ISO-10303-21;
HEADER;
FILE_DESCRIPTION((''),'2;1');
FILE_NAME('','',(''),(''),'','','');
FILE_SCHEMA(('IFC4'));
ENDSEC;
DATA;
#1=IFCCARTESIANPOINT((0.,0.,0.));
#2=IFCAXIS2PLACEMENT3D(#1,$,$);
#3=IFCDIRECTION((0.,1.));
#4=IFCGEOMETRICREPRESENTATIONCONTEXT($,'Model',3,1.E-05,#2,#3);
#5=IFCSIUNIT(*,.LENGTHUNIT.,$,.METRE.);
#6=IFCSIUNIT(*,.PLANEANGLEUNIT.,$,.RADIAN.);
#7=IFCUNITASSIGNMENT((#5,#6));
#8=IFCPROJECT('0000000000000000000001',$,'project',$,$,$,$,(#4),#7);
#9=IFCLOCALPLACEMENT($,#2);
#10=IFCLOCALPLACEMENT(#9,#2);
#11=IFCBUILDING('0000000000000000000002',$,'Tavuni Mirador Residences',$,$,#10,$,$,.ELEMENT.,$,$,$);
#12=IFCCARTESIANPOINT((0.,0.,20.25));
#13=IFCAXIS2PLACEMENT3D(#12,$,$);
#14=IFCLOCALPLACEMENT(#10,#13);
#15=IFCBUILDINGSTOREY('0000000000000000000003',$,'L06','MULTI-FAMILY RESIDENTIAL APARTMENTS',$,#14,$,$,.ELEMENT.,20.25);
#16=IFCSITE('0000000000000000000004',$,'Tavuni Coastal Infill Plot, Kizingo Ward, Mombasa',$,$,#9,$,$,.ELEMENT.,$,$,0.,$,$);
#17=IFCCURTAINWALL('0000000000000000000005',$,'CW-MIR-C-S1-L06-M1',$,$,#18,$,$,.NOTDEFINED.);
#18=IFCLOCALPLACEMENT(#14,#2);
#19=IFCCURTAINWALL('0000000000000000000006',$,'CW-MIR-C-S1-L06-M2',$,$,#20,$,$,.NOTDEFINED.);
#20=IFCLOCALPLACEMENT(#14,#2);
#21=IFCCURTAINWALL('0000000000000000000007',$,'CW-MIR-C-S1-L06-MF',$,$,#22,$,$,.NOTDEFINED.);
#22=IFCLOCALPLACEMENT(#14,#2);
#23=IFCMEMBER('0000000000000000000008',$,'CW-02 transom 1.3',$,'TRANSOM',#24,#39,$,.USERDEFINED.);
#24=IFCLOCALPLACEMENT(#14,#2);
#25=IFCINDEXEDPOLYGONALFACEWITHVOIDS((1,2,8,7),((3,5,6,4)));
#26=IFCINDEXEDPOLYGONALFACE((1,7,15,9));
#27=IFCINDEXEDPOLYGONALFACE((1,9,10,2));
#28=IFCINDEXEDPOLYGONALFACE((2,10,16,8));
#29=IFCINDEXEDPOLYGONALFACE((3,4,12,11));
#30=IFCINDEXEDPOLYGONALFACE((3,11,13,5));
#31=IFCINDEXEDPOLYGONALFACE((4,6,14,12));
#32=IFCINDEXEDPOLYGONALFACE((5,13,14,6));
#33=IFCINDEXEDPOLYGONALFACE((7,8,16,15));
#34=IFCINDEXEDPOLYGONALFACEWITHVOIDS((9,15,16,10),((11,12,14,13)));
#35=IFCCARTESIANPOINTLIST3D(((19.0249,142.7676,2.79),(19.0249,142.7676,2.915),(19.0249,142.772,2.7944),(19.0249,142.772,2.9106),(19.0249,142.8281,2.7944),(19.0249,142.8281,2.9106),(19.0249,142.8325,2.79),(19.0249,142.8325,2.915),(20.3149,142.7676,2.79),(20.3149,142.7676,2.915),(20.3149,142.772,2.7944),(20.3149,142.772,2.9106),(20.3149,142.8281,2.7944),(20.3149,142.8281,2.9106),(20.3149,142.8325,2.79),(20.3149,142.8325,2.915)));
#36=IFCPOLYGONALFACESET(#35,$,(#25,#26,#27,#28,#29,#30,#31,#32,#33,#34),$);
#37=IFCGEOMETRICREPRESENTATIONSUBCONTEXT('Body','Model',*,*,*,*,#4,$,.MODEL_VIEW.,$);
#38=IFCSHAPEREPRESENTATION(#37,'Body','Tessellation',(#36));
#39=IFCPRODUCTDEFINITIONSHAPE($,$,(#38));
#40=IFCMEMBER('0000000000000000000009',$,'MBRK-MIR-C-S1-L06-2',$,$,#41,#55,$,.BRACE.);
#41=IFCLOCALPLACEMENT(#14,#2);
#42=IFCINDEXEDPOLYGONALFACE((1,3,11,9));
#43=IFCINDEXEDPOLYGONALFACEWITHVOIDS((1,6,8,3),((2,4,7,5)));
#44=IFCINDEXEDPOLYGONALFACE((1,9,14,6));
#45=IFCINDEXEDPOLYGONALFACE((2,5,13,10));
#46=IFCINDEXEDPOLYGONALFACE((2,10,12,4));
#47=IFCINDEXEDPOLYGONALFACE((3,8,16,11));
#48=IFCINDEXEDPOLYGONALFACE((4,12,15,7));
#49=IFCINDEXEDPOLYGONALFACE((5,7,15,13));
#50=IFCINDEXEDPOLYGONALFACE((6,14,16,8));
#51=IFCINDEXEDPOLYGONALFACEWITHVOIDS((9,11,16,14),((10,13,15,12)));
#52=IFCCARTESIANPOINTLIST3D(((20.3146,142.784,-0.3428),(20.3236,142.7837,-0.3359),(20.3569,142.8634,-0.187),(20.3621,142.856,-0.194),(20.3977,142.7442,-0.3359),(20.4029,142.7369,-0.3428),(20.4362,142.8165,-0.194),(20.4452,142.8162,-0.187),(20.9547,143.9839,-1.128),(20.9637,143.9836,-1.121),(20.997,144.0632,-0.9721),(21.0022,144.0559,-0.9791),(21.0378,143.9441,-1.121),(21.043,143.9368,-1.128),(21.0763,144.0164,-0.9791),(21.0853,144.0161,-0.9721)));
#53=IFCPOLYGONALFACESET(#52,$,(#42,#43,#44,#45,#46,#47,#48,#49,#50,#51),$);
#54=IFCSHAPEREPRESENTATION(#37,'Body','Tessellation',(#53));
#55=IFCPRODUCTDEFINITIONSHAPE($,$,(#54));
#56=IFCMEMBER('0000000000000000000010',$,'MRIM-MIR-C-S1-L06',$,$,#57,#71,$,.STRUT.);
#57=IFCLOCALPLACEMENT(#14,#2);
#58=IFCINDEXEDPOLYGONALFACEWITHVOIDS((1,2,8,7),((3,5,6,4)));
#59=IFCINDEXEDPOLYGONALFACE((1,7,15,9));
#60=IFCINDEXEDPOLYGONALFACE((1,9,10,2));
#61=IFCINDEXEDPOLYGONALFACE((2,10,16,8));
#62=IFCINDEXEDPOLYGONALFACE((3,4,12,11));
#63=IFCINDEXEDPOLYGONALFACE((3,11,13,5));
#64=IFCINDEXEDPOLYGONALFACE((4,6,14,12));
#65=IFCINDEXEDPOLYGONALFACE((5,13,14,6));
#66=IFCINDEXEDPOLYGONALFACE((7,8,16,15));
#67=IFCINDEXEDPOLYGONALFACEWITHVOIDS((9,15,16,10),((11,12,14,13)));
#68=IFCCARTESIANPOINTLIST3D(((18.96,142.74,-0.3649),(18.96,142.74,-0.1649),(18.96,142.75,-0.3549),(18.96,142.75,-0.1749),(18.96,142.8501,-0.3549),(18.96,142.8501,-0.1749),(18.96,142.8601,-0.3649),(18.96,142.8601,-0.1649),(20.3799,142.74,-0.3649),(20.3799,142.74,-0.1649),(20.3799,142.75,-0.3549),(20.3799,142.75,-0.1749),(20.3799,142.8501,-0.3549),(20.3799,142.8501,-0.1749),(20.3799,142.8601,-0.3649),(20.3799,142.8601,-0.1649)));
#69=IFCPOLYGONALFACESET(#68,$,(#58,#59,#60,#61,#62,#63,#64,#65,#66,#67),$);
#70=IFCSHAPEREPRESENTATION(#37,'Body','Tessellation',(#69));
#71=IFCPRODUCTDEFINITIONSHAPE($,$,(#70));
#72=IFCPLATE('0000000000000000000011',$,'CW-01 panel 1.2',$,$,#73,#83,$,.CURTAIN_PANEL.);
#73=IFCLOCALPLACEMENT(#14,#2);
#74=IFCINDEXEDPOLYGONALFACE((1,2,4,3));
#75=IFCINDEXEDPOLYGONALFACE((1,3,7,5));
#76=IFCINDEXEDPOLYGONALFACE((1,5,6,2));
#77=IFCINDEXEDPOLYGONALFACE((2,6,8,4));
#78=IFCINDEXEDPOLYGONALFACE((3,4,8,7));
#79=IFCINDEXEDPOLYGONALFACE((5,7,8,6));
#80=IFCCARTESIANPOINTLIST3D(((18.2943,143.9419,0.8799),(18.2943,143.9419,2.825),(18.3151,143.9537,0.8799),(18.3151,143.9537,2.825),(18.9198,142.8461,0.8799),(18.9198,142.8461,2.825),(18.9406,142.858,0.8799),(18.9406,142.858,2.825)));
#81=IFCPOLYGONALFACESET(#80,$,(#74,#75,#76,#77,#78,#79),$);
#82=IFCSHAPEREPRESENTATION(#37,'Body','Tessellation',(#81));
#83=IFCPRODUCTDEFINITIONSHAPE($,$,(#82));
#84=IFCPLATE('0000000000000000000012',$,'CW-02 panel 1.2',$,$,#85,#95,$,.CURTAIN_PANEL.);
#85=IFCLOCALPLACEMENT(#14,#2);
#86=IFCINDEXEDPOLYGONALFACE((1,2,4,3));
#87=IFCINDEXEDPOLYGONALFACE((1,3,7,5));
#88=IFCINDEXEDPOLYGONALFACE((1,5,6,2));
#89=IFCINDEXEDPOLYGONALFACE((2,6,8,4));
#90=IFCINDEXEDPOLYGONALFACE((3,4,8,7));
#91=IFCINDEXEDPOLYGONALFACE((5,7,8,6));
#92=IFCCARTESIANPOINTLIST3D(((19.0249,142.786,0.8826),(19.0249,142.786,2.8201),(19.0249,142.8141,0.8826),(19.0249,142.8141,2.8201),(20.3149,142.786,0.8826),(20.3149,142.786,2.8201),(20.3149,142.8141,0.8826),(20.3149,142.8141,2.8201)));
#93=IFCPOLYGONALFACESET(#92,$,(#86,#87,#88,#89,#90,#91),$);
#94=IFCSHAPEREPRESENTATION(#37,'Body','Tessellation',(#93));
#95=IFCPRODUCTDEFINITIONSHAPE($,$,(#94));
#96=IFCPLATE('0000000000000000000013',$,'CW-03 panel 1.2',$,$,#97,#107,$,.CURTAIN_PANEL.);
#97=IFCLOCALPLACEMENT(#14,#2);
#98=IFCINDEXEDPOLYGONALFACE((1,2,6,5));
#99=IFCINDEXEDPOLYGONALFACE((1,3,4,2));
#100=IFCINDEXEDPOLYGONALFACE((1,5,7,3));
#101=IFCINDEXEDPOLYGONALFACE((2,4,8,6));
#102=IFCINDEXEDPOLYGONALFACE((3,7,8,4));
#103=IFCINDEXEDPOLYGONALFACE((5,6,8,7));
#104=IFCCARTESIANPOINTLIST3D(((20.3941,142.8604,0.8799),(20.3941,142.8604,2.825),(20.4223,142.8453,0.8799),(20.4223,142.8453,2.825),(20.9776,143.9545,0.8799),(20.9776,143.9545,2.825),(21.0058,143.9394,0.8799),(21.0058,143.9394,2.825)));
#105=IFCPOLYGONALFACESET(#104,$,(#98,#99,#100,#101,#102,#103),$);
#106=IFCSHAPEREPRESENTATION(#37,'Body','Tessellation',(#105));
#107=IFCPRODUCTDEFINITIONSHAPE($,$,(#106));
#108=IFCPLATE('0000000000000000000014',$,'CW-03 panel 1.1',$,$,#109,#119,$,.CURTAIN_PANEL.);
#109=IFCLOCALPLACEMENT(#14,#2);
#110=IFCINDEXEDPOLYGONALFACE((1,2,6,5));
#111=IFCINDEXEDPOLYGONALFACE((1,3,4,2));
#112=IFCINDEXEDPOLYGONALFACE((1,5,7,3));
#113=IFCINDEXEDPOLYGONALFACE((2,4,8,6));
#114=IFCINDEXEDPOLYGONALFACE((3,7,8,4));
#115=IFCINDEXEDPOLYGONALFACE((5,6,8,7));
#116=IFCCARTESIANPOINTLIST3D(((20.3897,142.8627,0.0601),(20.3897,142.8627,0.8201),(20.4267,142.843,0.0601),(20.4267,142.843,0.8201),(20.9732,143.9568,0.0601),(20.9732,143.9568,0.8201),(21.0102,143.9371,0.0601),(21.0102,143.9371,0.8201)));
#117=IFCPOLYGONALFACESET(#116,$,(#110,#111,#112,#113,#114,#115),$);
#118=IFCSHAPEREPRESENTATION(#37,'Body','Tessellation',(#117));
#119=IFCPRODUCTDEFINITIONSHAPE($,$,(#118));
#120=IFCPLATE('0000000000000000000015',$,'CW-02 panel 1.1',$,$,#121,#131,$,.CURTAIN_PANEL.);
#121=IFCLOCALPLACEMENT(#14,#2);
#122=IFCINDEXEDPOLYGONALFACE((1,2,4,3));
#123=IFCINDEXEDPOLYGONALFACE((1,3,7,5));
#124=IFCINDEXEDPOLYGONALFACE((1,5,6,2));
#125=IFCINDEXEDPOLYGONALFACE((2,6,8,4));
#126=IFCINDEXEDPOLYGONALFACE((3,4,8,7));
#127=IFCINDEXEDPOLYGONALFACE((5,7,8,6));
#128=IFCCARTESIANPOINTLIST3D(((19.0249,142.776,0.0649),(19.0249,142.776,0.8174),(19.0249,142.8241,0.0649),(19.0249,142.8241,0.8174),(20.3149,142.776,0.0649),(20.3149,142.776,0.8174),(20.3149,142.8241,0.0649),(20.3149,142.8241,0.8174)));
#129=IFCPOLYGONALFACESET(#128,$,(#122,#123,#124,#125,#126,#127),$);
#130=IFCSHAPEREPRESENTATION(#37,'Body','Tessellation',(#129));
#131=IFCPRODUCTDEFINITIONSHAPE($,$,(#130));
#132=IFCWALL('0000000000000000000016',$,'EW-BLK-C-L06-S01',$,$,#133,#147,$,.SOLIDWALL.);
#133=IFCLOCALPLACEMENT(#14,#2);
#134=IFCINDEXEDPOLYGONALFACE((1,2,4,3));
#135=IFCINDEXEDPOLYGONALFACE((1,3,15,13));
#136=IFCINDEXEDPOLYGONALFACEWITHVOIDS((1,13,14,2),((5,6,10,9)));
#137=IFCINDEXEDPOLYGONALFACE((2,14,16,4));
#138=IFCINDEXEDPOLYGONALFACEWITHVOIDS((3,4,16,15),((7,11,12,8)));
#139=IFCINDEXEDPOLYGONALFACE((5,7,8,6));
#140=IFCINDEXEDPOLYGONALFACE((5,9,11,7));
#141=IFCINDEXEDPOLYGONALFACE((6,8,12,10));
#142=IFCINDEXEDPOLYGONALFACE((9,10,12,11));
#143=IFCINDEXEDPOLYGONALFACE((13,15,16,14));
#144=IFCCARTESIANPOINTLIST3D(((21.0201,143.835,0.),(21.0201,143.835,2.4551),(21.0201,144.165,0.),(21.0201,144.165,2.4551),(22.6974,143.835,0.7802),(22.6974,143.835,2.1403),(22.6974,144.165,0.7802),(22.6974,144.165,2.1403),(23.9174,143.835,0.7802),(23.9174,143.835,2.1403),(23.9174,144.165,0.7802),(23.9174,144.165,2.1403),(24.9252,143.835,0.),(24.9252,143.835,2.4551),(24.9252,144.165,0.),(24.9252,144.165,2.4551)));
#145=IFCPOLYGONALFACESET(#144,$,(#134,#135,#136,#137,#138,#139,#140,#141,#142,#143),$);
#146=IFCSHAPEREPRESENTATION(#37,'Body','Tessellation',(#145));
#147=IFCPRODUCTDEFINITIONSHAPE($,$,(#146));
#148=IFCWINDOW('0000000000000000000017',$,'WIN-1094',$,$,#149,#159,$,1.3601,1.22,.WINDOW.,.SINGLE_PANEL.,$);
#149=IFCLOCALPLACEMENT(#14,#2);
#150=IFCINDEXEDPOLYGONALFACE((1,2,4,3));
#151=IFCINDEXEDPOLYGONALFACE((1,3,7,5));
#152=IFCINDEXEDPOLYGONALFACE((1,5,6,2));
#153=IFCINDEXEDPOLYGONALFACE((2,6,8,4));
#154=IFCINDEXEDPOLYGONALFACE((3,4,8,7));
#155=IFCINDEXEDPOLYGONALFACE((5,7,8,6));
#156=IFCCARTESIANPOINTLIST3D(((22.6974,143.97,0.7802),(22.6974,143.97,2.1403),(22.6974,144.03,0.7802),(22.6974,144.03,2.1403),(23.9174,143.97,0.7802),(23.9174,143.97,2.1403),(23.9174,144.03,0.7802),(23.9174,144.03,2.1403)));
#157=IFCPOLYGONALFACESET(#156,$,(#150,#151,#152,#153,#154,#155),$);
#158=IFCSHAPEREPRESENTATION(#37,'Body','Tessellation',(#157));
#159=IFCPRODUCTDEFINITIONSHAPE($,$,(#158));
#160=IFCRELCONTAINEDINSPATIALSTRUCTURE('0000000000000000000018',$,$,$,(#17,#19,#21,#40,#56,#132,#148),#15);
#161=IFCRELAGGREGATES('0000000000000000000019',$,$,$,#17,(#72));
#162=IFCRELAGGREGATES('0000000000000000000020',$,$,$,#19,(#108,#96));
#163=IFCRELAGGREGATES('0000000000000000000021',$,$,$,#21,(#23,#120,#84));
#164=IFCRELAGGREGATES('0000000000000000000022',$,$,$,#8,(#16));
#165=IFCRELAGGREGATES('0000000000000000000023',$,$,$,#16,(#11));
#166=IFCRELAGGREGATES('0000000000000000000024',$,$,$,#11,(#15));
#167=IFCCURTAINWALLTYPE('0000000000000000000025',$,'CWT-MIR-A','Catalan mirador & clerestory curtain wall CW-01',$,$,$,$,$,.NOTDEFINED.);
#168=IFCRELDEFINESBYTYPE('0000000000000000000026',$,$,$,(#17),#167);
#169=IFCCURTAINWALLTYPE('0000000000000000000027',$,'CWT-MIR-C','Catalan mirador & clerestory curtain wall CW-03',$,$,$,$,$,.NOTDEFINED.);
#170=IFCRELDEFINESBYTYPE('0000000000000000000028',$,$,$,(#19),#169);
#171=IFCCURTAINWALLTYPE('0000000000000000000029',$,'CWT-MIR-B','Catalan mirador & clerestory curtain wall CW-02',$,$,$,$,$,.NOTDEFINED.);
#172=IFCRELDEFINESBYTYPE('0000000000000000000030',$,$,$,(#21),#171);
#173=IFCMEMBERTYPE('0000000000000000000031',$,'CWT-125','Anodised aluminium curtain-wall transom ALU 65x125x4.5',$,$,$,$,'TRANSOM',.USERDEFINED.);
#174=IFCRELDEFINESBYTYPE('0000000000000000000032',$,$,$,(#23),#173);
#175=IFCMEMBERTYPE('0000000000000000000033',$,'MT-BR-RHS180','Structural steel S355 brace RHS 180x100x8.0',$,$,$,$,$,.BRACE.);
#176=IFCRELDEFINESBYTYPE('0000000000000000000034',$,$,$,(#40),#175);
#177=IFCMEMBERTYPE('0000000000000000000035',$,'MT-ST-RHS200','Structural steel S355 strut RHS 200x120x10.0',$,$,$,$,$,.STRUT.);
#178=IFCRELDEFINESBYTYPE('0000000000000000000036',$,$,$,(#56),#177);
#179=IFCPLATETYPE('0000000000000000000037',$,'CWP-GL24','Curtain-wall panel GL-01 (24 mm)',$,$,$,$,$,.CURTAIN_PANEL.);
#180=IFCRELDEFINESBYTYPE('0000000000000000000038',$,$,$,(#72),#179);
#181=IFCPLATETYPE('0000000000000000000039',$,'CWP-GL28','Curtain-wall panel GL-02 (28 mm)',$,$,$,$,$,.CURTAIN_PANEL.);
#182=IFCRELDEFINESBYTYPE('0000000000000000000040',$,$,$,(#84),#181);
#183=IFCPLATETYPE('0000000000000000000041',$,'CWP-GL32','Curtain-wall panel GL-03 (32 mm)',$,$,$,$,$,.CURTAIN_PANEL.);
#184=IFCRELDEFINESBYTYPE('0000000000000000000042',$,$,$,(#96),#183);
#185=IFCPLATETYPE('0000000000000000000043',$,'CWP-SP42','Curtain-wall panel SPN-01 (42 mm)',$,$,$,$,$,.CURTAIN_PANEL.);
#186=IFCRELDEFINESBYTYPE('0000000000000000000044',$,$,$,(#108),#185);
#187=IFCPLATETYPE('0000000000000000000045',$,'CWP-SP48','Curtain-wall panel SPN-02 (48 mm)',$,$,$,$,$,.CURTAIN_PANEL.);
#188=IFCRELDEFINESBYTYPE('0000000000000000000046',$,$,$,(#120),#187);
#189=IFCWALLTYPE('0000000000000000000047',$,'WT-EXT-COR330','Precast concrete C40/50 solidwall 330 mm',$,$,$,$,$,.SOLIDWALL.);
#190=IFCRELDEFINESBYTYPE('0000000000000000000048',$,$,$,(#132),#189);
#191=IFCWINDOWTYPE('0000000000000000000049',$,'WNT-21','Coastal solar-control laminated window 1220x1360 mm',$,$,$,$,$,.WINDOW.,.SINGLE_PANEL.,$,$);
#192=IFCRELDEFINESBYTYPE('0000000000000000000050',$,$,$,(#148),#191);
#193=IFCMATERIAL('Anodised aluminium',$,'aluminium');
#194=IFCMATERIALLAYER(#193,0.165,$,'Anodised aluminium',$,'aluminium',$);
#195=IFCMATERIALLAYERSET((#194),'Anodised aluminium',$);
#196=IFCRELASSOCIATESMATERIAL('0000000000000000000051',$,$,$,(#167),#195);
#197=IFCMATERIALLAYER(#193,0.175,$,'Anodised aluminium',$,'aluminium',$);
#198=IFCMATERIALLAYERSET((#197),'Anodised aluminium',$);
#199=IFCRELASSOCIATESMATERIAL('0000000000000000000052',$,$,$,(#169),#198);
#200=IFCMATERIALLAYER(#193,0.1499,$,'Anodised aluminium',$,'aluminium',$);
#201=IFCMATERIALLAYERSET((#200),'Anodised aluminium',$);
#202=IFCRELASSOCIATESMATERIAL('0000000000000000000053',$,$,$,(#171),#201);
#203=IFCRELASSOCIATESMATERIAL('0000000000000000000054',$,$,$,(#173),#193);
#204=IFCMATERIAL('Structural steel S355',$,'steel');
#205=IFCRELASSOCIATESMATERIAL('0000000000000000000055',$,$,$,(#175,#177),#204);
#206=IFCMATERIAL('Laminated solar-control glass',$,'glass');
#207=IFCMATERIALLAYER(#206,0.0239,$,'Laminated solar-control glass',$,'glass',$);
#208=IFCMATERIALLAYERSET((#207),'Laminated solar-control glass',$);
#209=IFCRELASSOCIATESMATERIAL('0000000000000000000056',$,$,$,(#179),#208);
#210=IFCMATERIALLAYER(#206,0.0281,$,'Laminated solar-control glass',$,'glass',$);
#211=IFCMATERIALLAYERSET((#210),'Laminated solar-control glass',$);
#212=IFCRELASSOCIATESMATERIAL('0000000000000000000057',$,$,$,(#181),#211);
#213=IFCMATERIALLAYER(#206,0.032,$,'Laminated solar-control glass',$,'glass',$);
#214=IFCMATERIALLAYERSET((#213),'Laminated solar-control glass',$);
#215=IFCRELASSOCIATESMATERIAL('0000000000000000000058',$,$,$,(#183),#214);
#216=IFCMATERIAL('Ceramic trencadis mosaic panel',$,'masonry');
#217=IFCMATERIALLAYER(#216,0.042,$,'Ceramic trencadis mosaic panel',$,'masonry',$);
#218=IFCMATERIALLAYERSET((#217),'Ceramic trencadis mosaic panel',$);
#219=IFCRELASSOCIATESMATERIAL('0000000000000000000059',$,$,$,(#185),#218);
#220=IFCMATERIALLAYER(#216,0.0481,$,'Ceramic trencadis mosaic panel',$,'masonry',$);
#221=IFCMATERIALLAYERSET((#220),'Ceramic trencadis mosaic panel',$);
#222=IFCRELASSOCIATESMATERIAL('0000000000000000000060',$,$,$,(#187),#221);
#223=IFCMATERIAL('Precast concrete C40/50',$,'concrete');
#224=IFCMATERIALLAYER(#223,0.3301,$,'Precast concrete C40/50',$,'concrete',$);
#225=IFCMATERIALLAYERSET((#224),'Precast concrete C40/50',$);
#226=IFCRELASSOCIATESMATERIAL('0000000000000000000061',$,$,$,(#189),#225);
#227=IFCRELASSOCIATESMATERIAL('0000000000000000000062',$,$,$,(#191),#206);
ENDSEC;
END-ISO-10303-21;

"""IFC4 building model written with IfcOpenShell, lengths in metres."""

from ifc_helpers import new_model, si_unit, direction, frame, frame_2d, origin, origin_2d, place, context, subcontext, project, spatial, rectangle, hollow_rectangle, extrude, material, layer, layer_set, material_profile, profile_set, type_object, element, fill, aggregate, save


model = new_model("IFC4")

# Units and contexts
model_context = context("Model", 3, precision=1e-05, world=origin(), true_north=direction((0.0, 1.0)))
body_context = subcontext(model_context, "Body", "Model", "MODEL_VIEW")
ifc_project = project(units=[si_unit("LENGTHUNIT", "METRE"), si_unit("PLANEANGLEUNIT", "RADIAN")], contexts=[model_context])

# Site, building, storey
site_placement = place(None, origin())
site = spatial("IfcSite", under=ifc_project, at=site_placement, Name="Tavuni Coastal Infill Plot, Kizingo Ward, Mombasa", CompositionType="ELEMENT", RefElevation=0.0)
building_placement = place(site_placement, origin())
building = spatial("IfcBuilding", under=site, at=building_placement, Name="Tavuni Mirador Residences", CompositionType="ELEMENT")
storey_placement = place(building_placement, frame((0.0, 0.0, 20.25)))
storey = spatial("IfcBuildingStorey", under=building, at=storey_placement, Name="L06", Description="MULTI-FAMILY RESIDENTIAL APARTMENTS", CompositionType="ELEMENT", Elevation=20.25)

# Curtain wall
ifc_material_1 = material(Name="Anodised aluminium", Category="aluminium")
ifc_layer_1 = layer(ifc_material_1, 0.165, Name="Anodised aluminium", Category="aluminium")
ifc_layer_set_1 = layer_set([ifc_layer_1], Name="Anodised aluminium")
curtain_wall_type_1 = type_object("IfcCurtainWallType", Name="CWT-MIR-A", Description="Catalan mirador & clerestory curtain wall CW-01", PredefinedType="NOTDEFINED", material=ifc_layer_set_1)
curtain_wall_1_placement = place(storey_placement, origin())
curtain_wall_1 = element("IfcCurtainWall", 1, at=curtain_wall_1_placement, inside=storey, type_object=curtain_wall_type_1, Name="CW-MIR-C-S1-L06-M1", PredefinedType="NOTDEFINED")

# Curtain walls
ifc_layer_2 = layer(ifc_material_1, 0.175, Name="Anodised aluminium", Category="aluminium")
ifc_layer_set_2 = layer_set([ifc_layer_2], Name="Anodised aluminium")
curtain_wall_type_2 = type_object("IfcCurtainWallType", Name="CWT-MIR-C", Description="Catalan mirador & clerestory curtain wall CW-03", PredefinedType="NOTDEFINED", material=ifc_layer_set_2)
curtain_wall_2_placement = place(storey_placement, origin())
curtain_wall_2 = element("IfcCurtainWall", 2, at=curtain_wall_2_placement, inside=storey, type_object=curtain_wall_type_2, Name="CW-MIR-C-S1-L06-M2", PredefinedType="NOTDEFINED")
ifc_layer_3 = layer(ifc_material_1, 0.1499, Name="Anodised aluminium", Category="aluminium")
ifc_layer_set_3 = layer_set([ifc_layer_3], Name="Anodised aluminium")
curtain_wall_type_3 = type_object("IfcCurtainWallType", Name="CWT-MIR-B", Description="Catalan mirador & clerestory curtain wall CW-02", PredefinedType="NOTDEFINED", material=ifc_layer_set_3)
curtain_wall_3_placement = place(storey_placement, origin())
curtain_wall_3 = element("IfcCurtainWall", 3, at=curtain_wall_3_placement, inside=storey, type_object=curtain_wall_type_3, Name="CW-MIR-C-S1-L06-MF", PredefinedType="NOTDEFINED")

# Member
ifc_material_profile_1 = material_profile(ifc_material_1, hollow_rectangle(XDim=0.0649, YDim=0.125, WallThickness=0.0044, at=origin_2d()), Name="ALU 65x125x4.5", Category="aluminium")
ifc_profile_set_1 = profile_set([ifc_material_profile_1], Name="Anodised aluminium")
member_type_1 = type_object("IfcMemberType", Name="CWT-125", Description="Anodised aluminium curtain-wall transom ALU 65x125x4.5", ElementType="TRANSOM", PredefinedType="USERDEFINED", material=ifc_profile_set_1)
member_1_placement = place(storey_placement, frame((19.0249, 142.8, 2.8525), z_axis=(1.0, 0.0, 0.0), x_axis=(0.0, 1.0, 0.0)))
member_1 = element("IfcMember", 4, at=member_1_placement, type_object=member_type_1, Name="CW-02 transom 1.3", ObjectType="TRANSOM", PredefinedType="USERDEFINED", context=body_context, shape_type="SweptSolid", body=[
    extrude(hollow_rectangle(XDim=0.0649, YDim=0.125, WallThickness=0.0044, at=origin_2d()), origin(), (0.0, 0.0, 1.0), 1.29),
])

# Members
ifc_material_2 = material(Name="Structural steel S355", Category="steel")
ifc_material_profile_2 = material_profile(ifc_material_2, hollow_rectangle(XDim=0.1001, YDim=0.1799, WallThickness=0.0081, at=origin_2d()), Name="RHS 180x100x8.0", Category="steel")
ifc_profile_set_2 = profile_set([ifc_material_profile_2], Name="Structural steel S355")
member_type_2 = type_object("IfcMemberType", Name="MT-BR-RHS180", Description="Structural steel S355 brace RHS 180x100x8.0", PredefinedType="BRACE", material=ifc_profile_set_2)
member_2_placement = place(storey_placement, frame((21.02, 144.0, -1.05), z_axis=(-0.407629, -0.76411, 0.499975), x_axis=(0.882303, -0.470681, 0.0)))
element("IfcMember", 5, at=member_2_placement, inside=storey, type_object=member_type_2, Name="MBRK-MIR-C-S1-L06-2", PredefinedType="BRACE", context=body_context, shape_type="SweptSolid", body=[
    extrude(hollow_rectangle(XDim=0.1001, YDim=0.1799, WallThickness=0.0081, at=origin_2d()), origin(), (0.0, 0.0, 1.0), 1.5703),
])
ifc_material_profile_3 = material_profile(ifc_material_2, hollow_rectangle(XDim=0.1201, YDim=0.2, WallThickness=0.01, at=origin_2d()), Name="RHS 200x120x10.0", Category="steel")
ifc_profile_set_3 = profile_set([ifc_material_profile_3], Name="Structural steel S355")
member_type_3 = type_object("IfcMemberType", Name="MT-ST-RHS200", Description="Structural steel S355 strut RHS 200x120x10.0", PredefinedType="STRUT", material=ifc_profile_set_3)
member_3_placement = place(storey_placement, frame((18.96, 142.8, -0.2649), z_axis=(1.0, 0.0, 0.0), x_axis=(0.0, 1.0, 0.0)))
element("IfcMember", 6, at=member_3_placement, inside=storey, type_object=member_type_3, Name="MRIM-MIR-C-S1-L06", PredefinedType="STRUT", context=body_context, shape_type="SweptSolid", body=[
    extrude(hollow_rectangle(XDim=0.1201, YDim=0.2, WallThickness=0.01, at=origin_2d()), origin(), (0.0, 0.0, 1.0), 1.4199),
])

# Plates
ifc_material_3 = material(Name="Laminated solar-control glass", Category="glass")
ifc_layer_4 = layer(ifc_material_3, 0.0239, Name="Laminated solar-control glass", Category="glass")
ifc_layer_set_4 = layer_set([ifc_layer_4], Name="Laminated solar-control glass")
plate_type_1 = type_object("IfcPlateType", Name="CWP-GL24", Description="Curtain-wall panel GL-01 (24 mm)", PredefinedType="CURTAIN_PANEL", material=ifc_layer_set_4)
plate_1_placement = place(storey_placement, frame((18.6174, 143.3999, 0.8799), z_axis=(0.0, 0.0, 1.0), x_axis=(0.495749, -0.868466, 0.0)))
plate_1 = element("IfcPlate", 7, at=plate_1_placement, type_object=plate_type_1, Name="CW-01 panel 1.2", PredefinedType="CURTAIN_PANEL", context=body_context, shape_type="SweptSolid", body=[
    extrude(rectangle(XDim=1.2617, YDim=0.0239, at=origin_2d()), origin(), (0.0, 0.0, 1.0), 1.9451),
])
aggregate(curtain_wall_1, [plate_1])
ifc_layer_5 = layer(ifc_material_3, 0.0281, Name="Laminated solar-control glass", Category="glass")
ifc_layer_set_5 = layer_set([ifc_layer_5], Name="Laminated solar-control glass")
plate_type_2 = type_object("IfcPlateType", Name="CWP-GL28", Description="Curtain-wall panel GL-02 (28 mm)", PredefinedType="CURTAIN_PANEL", material=ifc_layer_set_5)
plate_2_placement = place(storey_placement, frame((19.6699, 142.8, 0.8826), z_axis=(0.0, 0.0, 1.0), x_axis=(1.0, 0.0, 0.0)))
plate_2 = element("IfcPlate", 8, at=plate_2_placement, type_object=plate_type_2, Name="CW-02 panel 1.2", PredefinedType="CURTAIN_PANEL", context=body_context, shape_type="SweptSolid", body=[
    extrude(rectangle(XDim=1.29, YDim=0.0281, at=origin_2d()), origin(), (0.0, 0.0, 1.0), 1.9375),
])
ifc_layer_6 = layer(ifc_material_3, 0.032, Name="Laminated solar-control glass", Category="glass")
ifc_layer_set_6 = layer_set([ifc_layer_6], Name="Laminated solar-control glass")
plate_type_3 = type_object("IfcPlateType", Name="CWP-GL32", Description="Curtain-wall panel GL-03 (32 mm)", PredefinedType="CURTAIN_PANEL", material=ifc_layer_set_6)
plate_3_placement = place(storey_placement, frame((20.7, 143.3999, 0.8799), z_axis=(0.0, 0.0, 1.0), x_axis=(0.470588, 0.882353, 0.0)))
plate_3 = element("IfcPlate", 9, at=plate_3_placement, type_object=plate_type_3, Name="CW-03 panel 1.2", PredefinedType="CURTAIN_PANEL", context=body_context, shape_type="SweptSolid", body=[
    extrude(rectangle(XDim=1.24, YDim=0.032, at=origin_2d()), origin(), (0.0, 0.0, 1.0), 1.9451),
])
ifc_material_4 = material(Name="Ceramic trencadis mosaic panel", Category="masonry")
ifc_layer_7 = layer(ifc_material_4, 0.042, Name="Ceramic trencadis mosaic panel", Category="masonry")
ifc_layer_set_7 = layer_set([ifc_layer_7], Name="Ceramic trencadis mosaic panel")
plate_type_4 = type_object("IfcPlateType", Name="CWP-SP42", Description="Curtain-wall panel SPN-01 (42 mm)", PredefinedType="CURTAIN_PANEL", material=ifc_layer_set_7)
plate_4_placement = place(storey_placement, frame((20.7, 143.3999, 0.0601), z_axis=(0.0, 0.0, 1.0), x_axis=(0.470588, 0.882353, 0.0)))
plate_4 = element("IfcPlate", 10, at=plate_4_placement, type_object=plate_type_4, Name="CW-03 panel 1.1", PredefinedType="CURTAIN_PANEL", context=body_context, shape_type="SweptSolid", body=[
    extrude(rectangle(XDim=1.24, YDim=0.042, at=origin_2d()), origin(), (0.0, 0.0, 1.0), 0.76),
])
aggregate(curtain_wall_2, [plate_4, plate_3])
ifc_layer_8 = layer(ifc_material_4, 0.0481, Name="Ceramic trencadis mosaic panel", Category="masonry")
ifc_layer_set_8 = layer_set([ifc_layer_8], Name="Ceramic trencadis mosaic panel")
plate_type_5 = type_object("IfcPlateType", Name="CWP-SP48", Description="Curtain-wall panel SPN-02 (48 mm)", PredefinedType="CURTAIN_PANEL", material=ifc_layer_set_8)
plate_5_placement = place(storey_placement, frame((19.6699, 142.8, 0.0649), z_axis=(0.0, 0.0, 1.0), x_axis=(1.0, 0.0, 0.0)))
plate_5 = element("IfcPlate", 11, at=plate_5_placement, type_object=plate_type_5, Name="CW-02 panel 1.1", PredefinedType="CURTAIN_PANEL", context=body_context, shape_type="SweptSolid", body=[
    extrude(rectangle(XDim=1.29, YDim=0.0481, at=origin_2d()), origin(), (0.0, 0.0, 1.0), 0.7524),
])
aggregate(curtain_wall_3, [member_1, plate_5, plate_2])

# Wall, opening, window
ifc_material_5 = material(Name="Precast concrete C40/50", Category="concrete")
ifc_layer_9 = layer(ifc_material_5, 0.3301, Name="Precast concrete C40/50", Category="concrete")
ifc_layer_set_9 = layer_set([ifc_layer_9], Name="Precast concrete C40/50")
wall_type_1 = type_object("IfcWallType", Name="WT-EXT-COR330", Description="Precast concrete C40/50 solidwall 330 mm", PredefinedType="SOLIDWALL", material=ifc_layer_set_9)
wall_1_placement = place(storey_placement, frame((21.02, 144.0, 0.0), z_axis=(0.0, 0.0, 1.0), x_axis=(1.0, 0.0, 0.0)))
wall_1 = element("IfcWall", 12, at=wall_1_placement, inside=storey, type_object=wall_type_1, Name="EW-BLK-C-L06-S01", PredefinedType="SOLIDWALL", context=body_context, shape_type="SweptSolid", body=[
    extrude(rectangle(XDim=3.905, YDim=0.3301, at=frame_2d((1.9526, 0.0))), origin(), (0.0, 0.0, 1.0), 2.4551),
])
opening_1_placement = place(wall_1_placement, frame((1.6775, 0.0, 0.78)))
opening_1 = element("IfcOpeningElement", 13, at=opening_1_placement, cuts=wall_1, PredefinedType="OPENING", context=body_context, shape_type="SweptSolid", body=[
    extrude(rectangle(XDim=1.22, YDim=1.3601, at=frame_2d((0.6099, 0.6802))), frame((0.0, 0.175, 0.0), z_axis=(0.0, -1.0, 0.0), x_axis=(1.0, 0.0, 0.0)), (0.0, 0.0, 1.0), 0.3501),
])
window_type = type_object("IfcWindowType", Name="WNT-21", Description="Coastal solar-control laminated window 1220x1360 mm", PartitioningType="SINGLE_PANEL", PredefinedType="WINDOW", material=ifc_material_3)
window_placement = place(opening_1_placement, origin())
window = element("IfcWindow", 14, at=window_placement, inside=storey, type_object=window_type, Name="WIN-1094", OverallHeight=1.3601, OverallWidth=1.22, PartitioningType="SINGLE_PANEL", PredefinedType="WINDOW", context=body_context, shape_type="SweptSolid", body=[
    extrude(rectangle(XDim=1.22, YDim=1.3601, at=frame_2d((0.6099, 0.6802))), frame((0.0, 0.03, 0.0), z_axis=(0.0, -1.0, 0.0), x_axis=(1.0, 0.0, 0.0)), (0.0, 0.0, 1.0), 0.0601),
])
fill(opening_1, window)

save(model, "model.ifc")
